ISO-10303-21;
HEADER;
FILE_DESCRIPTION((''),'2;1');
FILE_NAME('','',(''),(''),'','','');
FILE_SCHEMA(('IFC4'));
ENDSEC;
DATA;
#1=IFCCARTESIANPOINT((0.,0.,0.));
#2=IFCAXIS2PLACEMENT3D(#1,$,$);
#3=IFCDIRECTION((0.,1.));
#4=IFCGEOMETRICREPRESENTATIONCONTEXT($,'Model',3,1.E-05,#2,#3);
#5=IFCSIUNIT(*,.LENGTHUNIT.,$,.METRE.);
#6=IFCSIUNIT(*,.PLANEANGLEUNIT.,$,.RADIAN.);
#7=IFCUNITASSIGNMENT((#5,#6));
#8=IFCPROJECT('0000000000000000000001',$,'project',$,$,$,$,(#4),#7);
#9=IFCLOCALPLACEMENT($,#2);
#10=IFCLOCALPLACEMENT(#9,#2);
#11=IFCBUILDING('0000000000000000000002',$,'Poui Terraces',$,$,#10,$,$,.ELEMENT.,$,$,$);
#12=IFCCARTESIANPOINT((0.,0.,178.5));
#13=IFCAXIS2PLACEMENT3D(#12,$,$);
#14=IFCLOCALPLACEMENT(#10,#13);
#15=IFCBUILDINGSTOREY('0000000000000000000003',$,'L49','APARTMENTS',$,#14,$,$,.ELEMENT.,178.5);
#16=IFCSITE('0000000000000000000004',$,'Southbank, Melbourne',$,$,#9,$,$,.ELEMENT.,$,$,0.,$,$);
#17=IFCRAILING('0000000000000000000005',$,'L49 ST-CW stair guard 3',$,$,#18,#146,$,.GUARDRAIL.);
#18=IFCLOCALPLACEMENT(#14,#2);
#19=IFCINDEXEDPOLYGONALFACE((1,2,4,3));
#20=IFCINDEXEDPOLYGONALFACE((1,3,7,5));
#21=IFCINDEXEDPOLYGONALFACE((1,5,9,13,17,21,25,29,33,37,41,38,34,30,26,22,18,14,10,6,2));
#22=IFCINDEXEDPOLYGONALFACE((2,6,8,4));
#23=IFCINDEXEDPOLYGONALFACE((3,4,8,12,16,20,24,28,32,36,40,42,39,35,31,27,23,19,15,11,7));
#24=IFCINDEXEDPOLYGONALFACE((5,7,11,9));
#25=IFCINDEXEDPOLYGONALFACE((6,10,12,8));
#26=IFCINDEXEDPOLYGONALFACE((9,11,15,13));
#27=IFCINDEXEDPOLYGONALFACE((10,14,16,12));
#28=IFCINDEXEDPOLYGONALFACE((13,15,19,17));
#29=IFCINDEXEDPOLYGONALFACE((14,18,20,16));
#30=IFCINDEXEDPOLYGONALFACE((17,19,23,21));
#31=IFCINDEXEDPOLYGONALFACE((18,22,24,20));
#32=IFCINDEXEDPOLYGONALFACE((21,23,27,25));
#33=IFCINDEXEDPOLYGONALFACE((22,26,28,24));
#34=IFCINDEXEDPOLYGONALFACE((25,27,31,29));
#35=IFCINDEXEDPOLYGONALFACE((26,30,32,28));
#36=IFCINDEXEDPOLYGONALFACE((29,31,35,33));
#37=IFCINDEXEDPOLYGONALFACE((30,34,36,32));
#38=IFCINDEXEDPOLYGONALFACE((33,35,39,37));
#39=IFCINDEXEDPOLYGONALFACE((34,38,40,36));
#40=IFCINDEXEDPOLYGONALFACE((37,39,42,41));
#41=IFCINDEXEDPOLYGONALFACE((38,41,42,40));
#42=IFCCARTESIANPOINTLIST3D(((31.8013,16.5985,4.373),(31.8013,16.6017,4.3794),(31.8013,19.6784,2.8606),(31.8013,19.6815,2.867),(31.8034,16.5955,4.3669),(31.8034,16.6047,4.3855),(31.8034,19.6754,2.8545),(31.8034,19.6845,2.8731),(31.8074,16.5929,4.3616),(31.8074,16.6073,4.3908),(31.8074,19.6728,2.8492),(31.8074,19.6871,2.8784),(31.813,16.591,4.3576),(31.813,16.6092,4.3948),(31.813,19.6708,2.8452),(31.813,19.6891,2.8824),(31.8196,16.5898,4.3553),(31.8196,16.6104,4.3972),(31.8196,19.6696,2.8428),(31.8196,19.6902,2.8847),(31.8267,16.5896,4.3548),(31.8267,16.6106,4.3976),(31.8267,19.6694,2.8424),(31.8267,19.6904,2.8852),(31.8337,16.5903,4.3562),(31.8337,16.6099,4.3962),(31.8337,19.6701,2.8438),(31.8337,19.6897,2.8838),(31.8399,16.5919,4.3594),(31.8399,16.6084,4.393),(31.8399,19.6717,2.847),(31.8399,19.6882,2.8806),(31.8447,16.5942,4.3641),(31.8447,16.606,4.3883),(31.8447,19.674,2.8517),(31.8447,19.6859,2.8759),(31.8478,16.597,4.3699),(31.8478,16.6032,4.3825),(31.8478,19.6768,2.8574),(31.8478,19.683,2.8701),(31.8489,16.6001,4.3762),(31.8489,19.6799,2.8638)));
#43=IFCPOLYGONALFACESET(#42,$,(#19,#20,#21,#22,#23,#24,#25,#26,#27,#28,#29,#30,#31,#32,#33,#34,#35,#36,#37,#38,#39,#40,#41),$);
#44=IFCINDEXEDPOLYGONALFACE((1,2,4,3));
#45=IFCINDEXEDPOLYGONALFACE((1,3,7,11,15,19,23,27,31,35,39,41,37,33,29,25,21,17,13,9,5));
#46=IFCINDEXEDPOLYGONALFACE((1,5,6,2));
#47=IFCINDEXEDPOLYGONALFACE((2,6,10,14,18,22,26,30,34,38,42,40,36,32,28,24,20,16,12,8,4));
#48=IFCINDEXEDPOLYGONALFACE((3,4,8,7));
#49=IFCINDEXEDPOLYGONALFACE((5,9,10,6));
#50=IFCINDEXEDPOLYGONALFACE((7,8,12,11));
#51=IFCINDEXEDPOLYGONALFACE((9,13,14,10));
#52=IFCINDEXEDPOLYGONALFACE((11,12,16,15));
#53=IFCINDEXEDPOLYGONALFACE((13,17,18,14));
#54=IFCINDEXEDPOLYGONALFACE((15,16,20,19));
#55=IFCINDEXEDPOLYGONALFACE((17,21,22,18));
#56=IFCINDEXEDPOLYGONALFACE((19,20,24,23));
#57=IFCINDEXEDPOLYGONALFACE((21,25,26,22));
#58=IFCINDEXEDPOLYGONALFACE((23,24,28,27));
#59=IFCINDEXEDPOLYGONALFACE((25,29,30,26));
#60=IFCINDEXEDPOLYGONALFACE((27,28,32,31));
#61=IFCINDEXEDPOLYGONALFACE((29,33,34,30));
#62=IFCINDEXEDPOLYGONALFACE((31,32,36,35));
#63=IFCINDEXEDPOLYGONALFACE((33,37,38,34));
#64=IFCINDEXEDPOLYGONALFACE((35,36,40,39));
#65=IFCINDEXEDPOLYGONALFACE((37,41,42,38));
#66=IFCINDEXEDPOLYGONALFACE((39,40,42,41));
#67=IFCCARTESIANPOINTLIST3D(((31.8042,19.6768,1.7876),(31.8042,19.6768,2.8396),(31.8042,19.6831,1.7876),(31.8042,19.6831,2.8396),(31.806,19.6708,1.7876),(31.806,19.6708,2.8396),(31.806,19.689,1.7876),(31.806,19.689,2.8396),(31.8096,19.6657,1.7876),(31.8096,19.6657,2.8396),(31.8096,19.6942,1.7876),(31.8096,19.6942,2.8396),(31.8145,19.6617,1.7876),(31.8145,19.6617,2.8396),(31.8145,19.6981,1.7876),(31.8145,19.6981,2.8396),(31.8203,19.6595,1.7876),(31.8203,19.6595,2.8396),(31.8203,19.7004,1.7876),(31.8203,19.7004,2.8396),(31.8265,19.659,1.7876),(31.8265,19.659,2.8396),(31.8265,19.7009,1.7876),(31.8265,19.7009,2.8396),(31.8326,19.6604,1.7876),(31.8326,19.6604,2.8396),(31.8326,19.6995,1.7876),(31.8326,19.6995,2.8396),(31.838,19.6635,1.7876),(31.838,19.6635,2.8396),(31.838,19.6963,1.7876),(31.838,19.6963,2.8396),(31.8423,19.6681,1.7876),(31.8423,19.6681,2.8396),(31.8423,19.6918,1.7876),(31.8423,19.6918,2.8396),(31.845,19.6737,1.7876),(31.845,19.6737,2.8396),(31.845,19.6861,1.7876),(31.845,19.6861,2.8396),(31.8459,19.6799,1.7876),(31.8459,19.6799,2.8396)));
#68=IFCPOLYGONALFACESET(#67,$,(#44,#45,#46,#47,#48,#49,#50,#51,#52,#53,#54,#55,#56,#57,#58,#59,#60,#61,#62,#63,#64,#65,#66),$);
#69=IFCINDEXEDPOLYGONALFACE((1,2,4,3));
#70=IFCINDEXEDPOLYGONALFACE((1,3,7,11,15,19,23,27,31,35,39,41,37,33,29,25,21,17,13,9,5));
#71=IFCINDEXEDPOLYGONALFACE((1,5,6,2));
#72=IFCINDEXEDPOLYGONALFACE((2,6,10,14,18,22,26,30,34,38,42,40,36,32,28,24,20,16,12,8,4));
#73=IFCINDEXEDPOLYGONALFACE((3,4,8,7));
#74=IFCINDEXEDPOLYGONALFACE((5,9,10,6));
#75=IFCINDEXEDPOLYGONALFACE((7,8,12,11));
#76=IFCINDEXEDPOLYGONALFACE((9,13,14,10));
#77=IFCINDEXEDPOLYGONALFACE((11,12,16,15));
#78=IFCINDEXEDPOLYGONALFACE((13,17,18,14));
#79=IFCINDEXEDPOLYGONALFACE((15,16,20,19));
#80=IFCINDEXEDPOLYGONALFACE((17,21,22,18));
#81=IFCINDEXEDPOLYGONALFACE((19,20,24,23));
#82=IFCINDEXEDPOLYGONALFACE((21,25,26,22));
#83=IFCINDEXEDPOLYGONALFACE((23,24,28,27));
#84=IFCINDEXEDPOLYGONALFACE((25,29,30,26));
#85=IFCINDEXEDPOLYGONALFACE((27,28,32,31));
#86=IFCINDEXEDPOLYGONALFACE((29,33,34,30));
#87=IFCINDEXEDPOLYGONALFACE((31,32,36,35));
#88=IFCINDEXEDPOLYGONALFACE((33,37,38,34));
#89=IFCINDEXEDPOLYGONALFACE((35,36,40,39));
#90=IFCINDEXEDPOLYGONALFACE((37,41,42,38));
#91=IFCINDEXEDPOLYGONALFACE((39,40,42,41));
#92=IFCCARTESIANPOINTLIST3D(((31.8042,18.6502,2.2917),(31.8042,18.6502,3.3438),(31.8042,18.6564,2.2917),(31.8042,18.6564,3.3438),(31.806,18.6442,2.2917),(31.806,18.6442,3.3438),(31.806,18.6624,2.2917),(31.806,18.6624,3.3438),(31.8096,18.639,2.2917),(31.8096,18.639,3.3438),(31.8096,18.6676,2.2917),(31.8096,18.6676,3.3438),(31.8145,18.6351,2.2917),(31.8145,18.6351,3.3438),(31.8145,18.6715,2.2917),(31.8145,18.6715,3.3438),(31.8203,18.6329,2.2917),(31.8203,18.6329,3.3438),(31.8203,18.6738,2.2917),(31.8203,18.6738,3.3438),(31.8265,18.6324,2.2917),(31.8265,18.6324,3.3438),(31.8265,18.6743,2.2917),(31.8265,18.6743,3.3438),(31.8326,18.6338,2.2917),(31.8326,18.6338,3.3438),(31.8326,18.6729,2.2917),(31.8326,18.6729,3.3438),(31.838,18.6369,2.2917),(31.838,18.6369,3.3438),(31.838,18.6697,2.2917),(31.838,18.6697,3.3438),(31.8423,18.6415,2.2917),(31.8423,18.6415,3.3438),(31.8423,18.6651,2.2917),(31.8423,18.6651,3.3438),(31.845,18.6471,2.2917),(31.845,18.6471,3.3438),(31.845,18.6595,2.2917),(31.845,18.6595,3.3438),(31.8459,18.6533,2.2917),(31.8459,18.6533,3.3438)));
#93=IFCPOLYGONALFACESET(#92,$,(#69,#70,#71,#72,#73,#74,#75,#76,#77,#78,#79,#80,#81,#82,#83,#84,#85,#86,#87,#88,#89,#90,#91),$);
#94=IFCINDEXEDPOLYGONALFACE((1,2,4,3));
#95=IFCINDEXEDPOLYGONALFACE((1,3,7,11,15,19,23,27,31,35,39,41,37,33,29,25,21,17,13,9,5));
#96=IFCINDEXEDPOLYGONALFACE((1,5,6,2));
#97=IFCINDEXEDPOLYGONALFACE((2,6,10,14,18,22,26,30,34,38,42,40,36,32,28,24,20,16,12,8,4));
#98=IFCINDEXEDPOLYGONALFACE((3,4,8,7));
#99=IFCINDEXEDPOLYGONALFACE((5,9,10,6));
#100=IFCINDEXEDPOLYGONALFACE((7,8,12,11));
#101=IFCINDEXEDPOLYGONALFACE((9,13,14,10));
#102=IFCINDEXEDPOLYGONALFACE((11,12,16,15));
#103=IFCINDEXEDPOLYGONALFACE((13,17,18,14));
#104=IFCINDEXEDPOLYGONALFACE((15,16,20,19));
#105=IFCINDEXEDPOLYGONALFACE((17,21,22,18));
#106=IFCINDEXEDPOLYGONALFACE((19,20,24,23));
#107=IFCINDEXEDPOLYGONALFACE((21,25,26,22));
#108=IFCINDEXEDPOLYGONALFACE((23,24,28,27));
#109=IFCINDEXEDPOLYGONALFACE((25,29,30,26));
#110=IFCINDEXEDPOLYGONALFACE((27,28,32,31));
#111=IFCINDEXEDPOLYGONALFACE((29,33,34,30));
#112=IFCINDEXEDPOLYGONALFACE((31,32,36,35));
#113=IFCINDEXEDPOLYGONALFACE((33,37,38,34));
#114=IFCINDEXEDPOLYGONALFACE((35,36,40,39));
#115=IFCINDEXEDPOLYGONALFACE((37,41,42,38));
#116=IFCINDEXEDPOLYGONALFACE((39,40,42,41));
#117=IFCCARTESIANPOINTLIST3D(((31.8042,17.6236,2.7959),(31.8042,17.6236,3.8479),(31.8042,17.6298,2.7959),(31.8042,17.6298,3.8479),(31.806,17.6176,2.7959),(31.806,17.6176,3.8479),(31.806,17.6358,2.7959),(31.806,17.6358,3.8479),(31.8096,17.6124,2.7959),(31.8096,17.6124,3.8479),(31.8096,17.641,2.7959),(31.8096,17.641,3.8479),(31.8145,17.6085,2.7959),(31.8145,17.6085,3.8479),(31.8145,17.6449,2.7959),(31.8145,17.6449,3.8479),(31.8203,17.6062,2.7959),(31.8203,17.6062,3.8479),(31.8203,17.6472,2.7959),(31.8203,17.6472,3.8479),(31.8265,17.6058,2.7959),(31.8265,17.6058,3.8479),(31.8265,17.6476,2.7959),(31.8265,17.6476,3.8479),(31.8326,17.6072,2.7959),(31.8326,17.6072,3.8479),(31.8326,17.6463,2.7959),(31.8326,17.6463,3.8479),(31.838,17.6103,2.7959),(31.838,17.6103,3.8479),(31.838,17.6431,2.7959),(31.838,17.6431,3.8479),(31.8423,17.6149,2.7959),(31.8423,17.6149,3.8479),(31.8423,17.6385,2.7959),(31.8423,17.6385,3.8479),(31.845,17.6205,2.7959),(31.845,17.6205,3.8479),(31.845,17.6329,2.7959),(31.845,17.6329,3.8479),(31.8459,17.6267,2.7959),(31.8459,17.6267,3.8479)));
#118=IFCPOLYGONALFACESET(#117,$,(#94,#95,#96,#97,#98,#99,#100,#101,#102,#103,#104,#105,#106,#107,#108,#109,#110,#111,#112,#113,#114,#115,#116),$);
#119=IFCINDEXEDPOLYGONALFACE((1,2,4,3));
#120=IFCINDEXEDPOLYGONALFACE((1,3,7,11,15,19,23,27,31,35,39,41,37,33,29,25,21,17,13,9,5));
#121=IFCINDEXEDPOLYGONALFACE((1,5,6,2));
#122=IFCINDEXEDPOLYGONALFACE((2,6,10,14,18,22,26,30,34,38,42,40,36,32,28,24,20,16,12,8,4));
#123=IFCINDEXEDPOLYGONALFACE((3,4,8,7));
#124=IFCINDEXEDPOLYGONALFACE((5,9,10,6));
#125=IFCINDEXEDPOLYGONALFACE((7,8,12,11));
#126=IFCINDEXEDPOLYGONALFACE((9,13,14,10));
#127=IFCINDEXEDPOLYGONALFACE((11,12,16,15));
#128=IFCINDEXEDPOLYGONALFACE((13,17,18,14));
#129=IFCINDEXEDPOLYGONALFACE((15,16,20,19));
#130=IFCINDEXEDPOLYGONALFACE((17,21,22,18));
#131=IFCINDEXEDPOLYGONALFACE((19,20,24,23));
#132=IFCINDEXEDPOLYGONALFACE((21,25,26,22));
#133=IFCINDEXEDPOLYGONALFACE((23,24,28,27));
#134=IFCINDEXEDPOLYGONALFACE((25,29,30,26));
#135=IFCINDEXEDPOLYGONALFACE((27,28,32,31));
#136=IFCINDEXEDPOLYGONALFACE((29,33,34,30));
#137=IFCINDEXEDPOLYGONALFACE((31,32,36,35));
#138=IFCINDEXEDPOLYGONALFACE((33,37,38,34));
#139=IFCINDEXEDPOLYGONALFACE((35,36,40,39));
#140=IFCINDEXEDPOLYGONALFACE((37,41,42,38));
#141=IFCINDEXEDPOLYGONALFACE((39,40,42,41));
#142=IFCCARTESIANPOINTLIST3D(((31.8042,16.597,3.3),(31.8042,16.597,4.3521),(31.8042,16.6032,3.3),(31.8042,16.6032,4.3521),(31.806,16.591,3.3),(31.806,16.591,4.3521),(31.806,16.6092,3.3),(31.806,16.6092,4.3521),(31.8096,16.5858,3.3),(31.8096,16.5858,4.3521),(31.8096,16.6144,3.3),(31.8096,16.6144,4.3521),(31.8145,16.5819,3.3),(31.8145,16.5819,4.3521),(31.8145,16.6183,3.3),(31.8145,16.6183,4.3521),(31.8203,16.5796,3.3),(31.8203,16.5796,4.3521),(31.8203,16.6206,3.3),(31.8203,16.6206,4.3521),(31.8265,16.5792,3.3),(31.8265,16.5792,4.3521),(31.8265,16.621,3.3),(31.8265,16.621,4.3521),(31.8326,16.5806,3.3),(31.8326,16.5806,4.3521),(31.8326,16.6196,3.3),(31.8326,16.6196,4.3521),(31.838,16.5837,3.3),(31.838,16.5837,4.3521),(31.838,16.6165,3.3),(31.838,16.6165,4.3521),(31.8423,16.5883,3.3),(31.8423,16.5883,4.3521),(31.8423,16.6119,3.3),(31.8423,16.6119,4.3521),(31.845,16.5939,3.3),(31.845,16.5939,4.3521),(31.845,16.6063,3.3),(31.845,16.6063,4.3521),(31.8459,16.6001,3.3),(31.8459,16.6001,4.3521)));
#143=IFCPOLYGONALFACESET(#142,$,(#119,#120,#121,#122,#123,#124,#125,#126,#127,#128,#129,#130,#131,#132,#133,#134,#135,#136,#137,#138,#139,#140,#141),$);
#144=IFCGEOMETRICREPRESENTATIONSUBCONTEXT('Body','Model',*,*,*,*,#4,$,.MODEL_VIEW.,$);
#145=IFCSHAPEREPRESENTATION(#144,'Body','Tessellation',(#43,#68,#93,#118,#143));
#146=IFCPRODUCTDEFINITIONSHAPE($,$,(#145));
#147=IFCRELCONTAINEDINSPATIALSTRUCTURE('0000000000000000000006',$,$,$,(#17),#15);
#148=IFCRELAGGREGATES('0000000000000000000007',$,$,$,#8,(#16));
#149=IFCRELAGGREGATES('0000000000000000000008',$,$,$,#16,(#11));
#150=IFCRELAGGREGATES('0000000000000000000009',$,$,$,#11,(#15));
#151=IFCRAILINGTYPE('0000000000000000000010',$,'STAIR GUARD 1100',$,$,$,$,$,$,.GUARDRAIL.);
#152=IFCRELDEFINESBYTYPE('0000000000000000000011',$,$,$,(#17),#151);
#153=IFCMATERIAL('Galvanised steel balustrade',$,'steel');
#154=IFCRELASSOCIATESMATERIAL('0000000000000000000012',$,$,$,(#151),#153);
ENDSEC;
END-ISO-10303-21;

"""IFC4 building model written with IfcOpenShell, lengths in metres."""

from ifc_helpers import new_model, si_unit, direction, frame, origin, origin_2d, place, context, subcontext, project, spatial, circle, extrude, material, type_object, element, save


model = new_model("IFC4")

# Units and contexts
model_context = context("Model", 3, precision=1e-05, world=origin(), true_north=direction((0.0, 1.0)))
body_context = subcontext(model_context, "Body", "Model", "MODEL_VIEW")
ifc_project = project(units=[si_unit("LENGTHUNIT", "METRE"), si_unit("PLANEANGLEUNIT", "RADIAN")], contexts=[model_context])

# Site, building, storey
site_placement = place(None, origin())
site = spatial("IfcSite", under=ifc_project, at=site_placement, Name="Southbank, Melbourne", CompositionType="ELEMENT", RefElevation=0.0)
building_placement = place(site_placement, origin())
building = spatial("IfcBuilding", under=site, at=building_placement, Name="Poui Terraces", CompositionType="ELEMENT")
storey_placement = place(building_placement, frame((0.0, 0.0, 178.5)))
storey = spatial("IfcBuildingStorey", under=building, at=storey_placement, Name="L49", Description="APARTMENTS", CompositionType="ELEMENT", Elevation=178.5)

# Railing
ifc_material_1 = material(Name="Galvanised steel balustrade", Category="steel")
railing_type = type_object("IfcRailingType", Name="STAIR GUARD 1100", PredefinedType="GUARDRAIL", material=ifc_material_1)
railing_1_placement = place(storey_placement, frame((31.825, 19.6799, 1.7876)))
element("IfcRailing", 1, at=railing_1_placement, inside=storey, type_object=railing_type, Name="L49 ST-CW stair guard 3", PredefinedType="GUARDRAIL", context=body_context, shape_type="SweptSolid", body=[
    extrude(circle(Radius=0.0239, at=origin_2d()), frame((0.0, 0.0, 1.0762), z_axis=(0.0, -0.897606, 0.440798), x_axis=(1.0, 0.0, 0.0)), (0.0, 0.0, 1.0), 3.4312),
    extrude(circle(Radius=0.021, at=origin_2d()), origin(), (0.0, 0.0, 1.0), 1.052),
    extrude(circle(Radius=0.021, at=origin_2d()), frame((0.0, -1.0266, 0.5042)), (0.0, 0.0, 1.0), 1.052),
    extrude(circle(Radius=0.021, at=origin_2d()), frame((0.0, -2.0532, 1.0083)), (0.0, 0.0, 1.0), 1.052),
    extrude(circle(Radius=0.021, at=origin_2d()), frame((0.0, -3.0798, 1.5125)), (0.0, 0.0, 1.0), 1.052),
])

save(model, "model.ifc")
